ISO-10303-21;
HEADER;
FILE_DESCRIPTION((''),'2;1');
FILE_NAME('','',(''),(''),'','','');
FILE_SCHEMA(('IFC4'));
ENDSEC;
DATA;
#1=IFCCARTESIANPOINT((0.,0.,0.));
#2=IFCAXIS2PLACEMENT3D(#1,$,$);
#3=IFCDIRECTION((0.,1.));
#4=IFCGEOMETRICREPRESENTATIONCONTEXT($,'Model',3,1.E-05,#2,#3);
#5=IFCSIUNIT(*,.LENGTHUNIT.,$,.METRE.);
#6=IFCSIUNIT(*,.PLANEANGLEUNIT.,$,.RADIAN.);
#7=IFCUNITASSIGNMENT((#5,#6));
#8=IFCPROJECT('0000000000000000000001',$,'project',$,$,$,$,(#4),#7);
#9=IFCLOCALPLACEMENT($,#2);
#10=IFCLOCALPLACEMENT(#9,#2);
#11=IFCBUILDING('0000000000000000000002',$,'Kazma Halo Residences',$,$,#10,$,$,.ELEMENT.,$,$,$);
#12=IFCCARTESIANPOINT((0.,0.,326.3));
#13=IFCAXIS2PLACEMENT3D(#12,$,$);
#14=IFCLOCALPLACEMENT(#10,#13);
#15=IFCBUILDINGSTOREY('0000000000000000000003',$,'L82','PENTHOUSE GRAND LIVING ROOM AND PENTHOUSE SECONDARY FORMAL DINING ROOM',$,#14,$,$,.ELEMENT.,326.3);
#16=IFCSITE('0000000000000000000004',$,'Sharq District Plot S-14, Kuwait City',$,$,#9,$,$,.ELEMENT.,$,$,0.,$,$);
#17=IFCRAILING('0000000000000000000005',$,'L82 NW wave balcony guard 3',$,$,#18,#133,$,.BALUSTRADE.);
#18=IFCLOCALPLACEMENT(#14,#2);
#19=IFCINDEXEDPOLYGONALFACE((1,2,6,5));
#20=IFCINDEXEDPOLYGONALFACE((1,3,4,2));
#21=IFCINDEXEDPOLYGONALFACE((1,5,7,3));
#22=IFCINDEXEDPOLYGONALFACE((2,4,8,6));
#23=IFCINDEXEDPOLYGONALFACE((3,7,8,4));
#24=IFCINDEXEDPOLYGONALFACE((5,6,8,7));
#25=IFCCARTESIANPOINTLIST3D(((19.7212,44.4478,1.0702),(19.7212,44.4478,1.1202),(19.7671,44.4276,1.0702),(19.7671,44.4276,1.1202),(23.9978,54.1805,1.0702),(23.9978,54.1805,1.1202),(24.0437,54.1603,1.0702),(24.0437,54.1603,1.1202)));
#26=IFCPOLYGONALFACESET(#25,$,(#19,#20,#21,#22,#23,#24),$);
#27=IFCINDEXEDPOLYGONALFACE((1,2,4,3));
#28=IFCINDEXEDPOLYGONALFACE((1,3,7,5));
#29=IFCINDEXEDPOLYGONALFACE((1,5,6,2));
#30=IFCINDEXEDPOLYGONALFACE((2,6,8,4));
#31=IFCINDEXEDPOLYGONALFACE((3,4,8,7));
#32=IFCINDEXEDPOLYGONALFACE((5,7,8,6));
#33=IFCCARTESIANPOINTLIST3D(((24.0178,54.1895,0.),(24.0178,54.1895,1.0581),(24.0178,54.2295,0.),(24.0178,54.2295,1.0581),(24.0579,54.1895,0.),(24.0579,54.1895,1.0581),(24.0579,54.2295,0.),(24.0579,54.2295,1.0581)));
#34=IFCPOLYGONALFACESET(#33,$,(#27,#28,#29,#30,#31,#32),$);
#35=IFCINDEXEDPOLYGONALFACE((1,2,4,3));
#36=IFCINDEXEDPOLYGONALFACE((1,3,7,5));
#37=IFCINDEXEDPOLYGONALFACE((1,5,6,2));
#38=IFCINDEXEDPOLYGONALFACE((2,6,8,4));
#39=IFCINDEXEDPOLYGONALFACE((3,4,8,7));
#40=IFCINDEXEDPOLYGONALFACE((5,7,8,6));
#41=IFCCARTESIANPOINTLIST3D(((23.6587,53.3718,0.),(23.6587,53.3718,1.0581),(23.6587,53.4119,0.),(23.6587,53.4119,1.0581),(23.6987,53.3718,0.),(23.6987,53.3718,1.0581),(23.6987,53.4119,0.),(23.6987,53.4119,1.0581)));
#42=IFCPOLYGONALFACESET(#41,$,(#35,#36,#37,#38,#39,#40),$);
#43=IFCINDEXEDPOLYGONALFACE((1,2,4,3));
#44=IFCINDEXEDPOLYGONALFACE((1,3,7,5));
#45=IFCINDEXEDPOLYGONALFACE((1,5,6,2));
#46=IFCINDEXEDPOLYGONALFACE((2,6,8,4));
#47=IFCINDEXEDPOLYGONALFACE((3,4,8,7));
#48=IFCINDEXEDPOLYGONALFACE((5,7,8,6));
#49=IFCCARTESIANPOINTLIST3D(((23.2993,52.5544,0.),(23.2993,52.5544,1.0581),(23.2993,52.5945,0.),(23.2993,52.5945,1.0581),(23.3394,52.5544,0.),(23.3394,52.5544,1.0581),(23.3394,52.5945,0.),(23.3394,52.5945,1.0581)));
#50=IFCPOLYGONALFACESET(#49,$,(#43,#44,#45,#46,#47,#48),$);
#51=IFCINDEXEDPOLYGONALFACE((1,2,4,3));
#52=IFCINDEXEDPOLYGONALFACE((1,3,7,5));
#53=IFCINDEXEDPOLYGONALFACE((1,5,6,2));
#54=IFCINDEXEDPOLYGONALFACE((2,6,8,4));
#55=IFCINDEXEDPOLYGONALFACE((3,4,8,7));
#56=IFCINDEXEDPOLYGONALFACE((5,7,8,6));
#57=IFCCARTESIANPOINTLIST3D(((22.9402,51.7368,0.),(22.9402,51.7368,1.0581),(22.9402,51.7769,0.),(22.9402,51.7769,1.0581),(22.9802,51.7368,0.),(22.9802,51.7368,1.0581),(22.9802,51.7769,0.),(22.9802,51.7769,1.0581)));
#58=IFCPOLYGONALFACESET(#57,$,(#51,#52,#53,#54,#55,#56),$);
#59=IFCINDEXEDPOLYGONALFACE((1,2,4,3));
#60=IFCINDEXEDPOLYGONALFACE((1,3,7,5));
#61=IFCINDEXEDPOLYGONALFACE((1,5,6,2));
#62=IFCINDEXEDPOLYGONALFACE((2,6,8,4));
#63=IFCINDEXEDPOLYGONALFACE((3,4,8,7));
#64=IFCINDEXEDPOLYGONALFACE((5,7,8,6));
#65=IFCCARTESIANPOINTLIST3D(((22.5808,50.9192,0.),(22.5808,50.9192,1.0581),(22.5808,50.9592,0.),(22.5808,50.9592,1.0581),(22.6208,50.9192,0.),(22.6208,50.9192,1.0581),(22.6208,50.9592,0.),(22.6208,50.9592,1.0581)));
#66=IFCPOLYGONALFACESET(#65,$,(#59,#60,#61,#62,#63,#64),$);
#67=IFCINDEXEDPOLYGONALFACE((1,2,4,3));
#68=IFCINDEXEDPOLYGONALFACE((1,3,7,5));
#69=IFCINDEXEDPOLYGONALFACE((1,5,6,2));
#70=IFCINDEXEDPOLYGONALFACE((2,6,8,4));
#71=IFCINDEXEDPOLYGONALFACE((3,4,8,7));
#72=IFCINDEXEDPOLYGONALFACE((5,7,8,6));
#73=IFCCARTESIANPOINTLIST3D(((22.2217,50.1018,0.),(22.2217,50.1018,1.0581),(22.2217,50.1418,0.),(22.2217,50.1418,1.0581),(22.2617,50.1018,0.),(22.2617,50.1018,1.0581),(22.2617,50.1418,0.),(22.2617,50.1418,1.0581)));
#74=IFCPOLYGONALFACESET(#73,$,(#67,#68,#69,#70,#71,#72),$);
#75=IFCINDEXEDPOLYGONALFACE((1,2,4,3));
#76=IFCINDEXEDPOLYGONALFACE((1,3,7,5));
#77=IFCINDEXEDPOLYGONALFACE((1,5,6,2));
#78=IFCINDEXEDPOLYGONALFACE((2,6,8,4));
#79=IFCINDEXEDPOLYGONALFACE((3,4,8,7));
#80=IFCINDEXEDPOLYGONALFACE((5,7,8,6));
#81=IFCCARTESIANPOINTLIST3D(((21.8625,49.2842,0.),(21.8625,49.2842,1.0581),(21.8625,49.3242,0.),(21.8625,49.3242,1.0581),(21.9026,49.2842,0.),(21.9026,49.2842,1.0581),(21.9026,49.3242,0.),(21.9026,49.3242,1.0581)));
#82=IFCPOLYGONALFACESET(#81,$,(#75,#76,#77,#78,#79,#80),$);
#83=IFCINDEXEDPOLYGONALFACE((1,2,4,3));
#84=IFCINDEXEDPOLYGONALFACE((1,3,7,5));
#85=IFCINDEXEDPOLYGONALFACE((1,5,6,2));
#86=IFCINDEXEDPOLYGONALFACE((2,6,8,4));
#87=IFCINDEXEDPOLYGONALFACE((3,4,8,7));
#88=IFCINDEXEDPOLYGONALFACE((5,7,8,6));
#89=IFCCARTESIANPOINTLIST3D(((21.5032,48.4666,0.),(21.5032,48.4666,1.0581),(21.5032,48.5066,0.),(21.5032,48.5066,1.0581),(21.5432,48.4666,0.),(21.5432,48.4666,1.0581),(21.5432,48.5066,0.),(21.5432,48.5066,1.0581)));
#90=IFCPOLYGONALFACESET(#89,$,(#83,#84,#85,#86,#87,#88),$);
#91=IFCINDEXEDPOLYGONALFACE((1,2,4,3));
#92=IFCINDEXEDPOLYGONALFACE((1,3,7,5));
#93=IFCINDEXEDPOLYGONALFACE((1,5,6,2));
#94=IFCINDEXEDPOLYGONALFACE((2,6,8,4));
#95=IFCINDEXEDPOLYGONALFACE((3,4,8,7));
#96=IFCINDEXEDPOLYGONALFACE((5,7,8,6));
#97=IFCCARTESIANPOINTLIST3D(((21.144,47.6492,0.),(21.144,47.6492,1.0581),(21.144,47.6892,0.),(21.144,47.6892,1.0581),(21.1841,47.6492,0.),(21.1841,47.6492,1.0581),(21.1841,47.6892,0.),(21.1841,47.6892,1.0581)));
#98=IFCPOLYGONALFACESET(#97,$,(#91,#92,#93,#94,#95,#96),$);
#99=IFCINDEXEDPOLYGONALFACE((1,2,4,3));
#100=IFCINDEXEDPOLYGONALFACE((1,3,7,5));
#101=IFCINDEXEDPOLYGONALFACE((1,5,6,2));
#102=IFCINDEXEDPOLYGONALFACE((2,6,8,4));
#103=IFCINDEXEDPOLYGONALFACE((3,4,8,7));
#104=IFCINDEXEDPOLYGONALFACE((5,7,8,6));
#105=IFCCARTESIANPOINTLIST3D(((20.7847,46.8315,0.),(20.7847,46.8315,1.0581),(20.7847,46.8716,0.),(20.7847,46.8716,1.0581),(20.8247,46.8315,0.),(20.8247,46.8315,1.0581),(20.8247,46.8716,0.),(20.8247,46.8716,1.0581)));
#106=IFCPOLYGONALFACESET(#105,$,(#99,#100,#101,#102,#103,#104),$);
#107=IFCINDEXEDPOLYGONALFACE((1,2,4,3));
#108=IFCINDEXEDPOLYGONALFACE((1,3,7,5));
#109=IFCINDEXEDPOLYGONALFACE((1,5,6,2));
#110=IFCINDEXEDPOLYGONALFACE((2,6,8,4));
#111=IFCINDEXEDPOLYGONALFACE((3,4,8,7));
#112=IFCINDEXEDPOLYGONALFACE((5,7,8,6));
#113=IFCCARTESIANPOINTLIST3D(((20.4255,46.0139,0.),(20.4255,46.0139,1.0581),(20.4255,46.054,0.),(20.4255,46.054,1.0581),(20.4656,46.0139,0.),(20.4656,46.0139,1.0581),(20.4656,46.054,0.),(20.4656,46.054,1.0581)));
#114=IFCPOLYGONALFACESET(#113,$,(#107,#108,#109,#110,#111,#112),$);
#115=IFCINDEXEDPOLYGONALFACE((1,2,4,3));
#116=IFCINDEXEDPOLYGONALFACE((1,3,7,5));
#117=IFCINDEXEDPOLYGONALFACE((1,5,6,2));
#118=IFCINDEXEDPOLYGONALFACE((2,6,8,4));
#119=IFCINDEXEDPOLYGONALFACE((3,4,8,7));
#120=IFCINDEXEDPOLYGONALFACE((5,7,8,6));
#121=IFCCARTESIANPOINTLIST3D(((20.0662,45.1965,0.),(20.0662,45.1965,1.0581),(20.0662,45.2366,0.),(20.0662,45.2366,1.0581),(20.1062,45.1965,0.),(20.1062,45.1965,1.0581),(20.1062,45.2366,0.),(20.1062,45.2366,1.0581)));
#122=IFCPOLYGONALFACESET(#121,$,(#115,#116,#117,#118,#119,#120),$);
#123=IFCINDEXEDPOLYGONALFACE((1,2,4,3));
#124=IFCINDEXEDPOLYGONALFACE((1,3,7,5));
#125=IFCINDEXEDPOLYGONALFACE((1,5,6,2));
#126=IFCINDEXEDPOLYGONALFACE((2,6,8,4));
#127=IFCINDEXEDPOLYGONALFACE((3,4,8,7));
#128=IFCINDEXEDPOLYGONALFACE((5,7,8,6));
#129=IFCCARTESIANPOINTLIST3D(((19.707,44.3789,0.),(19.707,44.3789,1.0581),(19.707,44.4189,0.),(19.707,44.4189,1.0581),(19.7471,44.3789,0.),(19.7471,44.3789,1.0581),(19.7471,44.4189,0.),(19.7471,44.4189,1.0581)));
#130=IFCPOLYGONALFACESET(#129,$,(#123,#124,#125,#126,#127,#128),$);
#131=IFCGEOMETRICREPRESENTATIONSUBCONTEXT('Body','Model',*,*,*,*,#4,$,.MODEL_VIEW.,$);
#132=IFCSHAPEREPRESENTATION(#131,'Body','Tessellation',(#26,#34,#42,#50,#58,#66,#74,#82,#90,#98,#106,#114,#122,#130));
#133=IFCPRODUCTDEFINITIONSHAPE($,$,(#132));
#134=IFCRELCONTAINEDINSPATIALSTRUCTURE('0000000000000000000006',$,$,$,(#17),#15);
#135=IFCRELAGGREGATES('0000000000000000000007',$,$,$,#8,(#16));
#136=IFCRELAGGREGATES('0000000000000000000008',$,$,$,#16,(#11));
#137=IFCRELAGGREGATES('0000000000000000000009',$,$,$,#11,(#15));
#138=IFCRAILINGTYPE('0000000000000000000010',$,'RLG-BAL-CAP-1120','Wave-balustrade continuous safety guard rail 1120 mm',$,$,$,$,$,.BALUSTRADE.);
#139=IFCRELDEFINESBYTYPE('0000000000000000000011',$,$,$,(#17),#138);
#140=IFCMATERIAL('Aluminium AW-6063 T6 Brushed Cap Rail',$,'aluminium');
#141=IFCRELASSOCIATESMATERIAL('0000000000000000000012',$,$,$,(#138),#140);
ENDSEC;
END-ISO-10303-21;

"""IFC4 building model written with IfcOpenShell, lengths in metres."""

from ifc_helpers import new_model, si_unit, direction, frame, origin, origin_2d, place, context, subcontext, project, spatial, rectangle, extrude, material, type_object, element, save


model = new_model("IFC4")

# Units and contexts
model_context = context("Model", 3, precision=1e-05, world=origin(), true_north=direction((0.0, 1.0)))
body_context = subcontext(model_context, "Body", "Model", "MODEL_VIEW")
ifc_project = project(units=[si_unit("LENGTHUNIT", "METRE"), si_unit("PLANEANGLEUNIT", "RADIAN")], contexts=[model_context])

# Site, building, storey
site_placement = place(None, origin())
site = spatial("IfcSite", under=ifc_project, at=site_placement, Name="Sharq District Plot S-14, Kuwait City", CompositionType="ELEMENT", RefElevation=0.0)
building_placement = place(site_placement, origin())
building = spatial("IfcBuilding", under=site, at=building_placement, Name="Kazma Halo Residences", CompositionType="ELEMENT")
storey_placement = place(building_placement, frame((0.0, 0.0, 326.3)))
storey = spatial("IfcBuildingStorey", under=building, at=storey_placement, Name="L82", Description="PENTHOUSE GRAND LIVING ROOM AND PENTHOUSE SECONDARY FORMAL DINING ROOM", CompositionType="ELEMENT", Elevation=326.3)

# Railing
ifc_material_1 = material(Name="Aluminium AW-6063 T6 Brushed Cap Rail", Category="aluminium")
railing_type = type_object("IfcRailingType", Name="RLG-BAL-CAP-1120", Description="Wave-balustrade continuous safety guard rail 1120 mm", PredefinedType="BALUSTRADE", material=ifc_material_1)
railing_1_placement = place(storey_placement, frame((24.0378, 54.2095, 0.0)))
element("IfcRailing", 1, at=railing_1_placement, inside=storey, type_object=railing_type, Name="L82 NW wave balcony guard 3", PredefinedType="BALUSTRADE", context=body_context, shape_type="SweptSolid", body=[
    extrude(rectangle(XDim=0.05, YDim=0.05, at=origin_2d()), frame((-0.0171, -0.0391, 1.0952), z_axis=(-0.402281, -0.915516, 0.0), x_axis=(0.915516, -0.402281, 0.0)), (0.0, 0.0, 1.0), 10.6309),
    extrude(rectangle(XDim=0.04, YDim=0.04, at=origin_2d()), origin(), (0.0, 0.0, 1.0), 1.0581),
    extrude(rectangle(XDim=0.04, YDim=0.04, at=origin_2d()), frame((-0.3591, -0.8176, 0.0)), (0.0, 0.0, 1.0), 1.0581),
    extrude(rectangle(XDim=0.04, YDim=0.04, at=origin_2d()), frame((-0.7185, -1.635, 0.0)), (0.0, 0.0, 1.0), 1.0581),
    extrude(rectangle(XDim=0.04, YDim=0.04, at=origin_2d()), frame((-1.0776, -2.4526, 0.0)), (0.0, 0.0, 1.0), 1.0581),
    extrude(rectangle(XDim=0.04, YDim=0.04, at=origin_2d()), frame((-1.437, -3.2703, 0.0)), (0.0, 0.0, 1.0), 1.0581),
    extrude(rectangle(XDim=0.04, YDim=0.04, at=origin_2d()), frame((-1.7961, -4.0876, 0.0)), (0.0, 0.0, 1.0), 1.0581),
    extrude(rectangle(XDim=0.04, YDim=0.04, at=origin_2d()), frame((-2.1553, -4.9053, 0.0)), (0.0, 0.0, 1.0), 1.0581),
    extrude(rectangle(XDim=0.04, YDim=0.04, at=origin_2d()), frame((-2.5146, -5.7229, 0.0)), (0.0, 0.0, 1.0), 1.0581),
    extrude(rectangle(XDim=0.04, YDim=0.04, at=origin_2d()), frame((-2.8738, -6.5403, 0.0)), (0.0, 0.0, 1.0), 1.0581),
    extrude(rectangle(XDim=0.04, YDim=0.04, at=origin_2d()), frame((-3.2332, -7.3579, 0.0)), (0.0, 0.0, 1.0), 1.0581),
    extrude(rectangle(XDim=0.04, YDim=0.04, at=origin_2d()), frame((-3.5923, -8.1755, 0.0)), (0.0, 0.0, 1.0), 1.0581),
    extrude(rectangle(XDim=0.04, YDim=0.04, at=origin_2d()), frame((-3.9517, -8.9929, 0.0)), (0.0, 0.0, 1.0), 1.0581),
    extrude(rectangle(XDim=0.04, YDim=0.04, at=origin_2d()), frame((-4.3108, -9.8105, 0.0)), (0.0, 0.0, 1.0), 1.0581),
])

save(model, "model.ifc")
